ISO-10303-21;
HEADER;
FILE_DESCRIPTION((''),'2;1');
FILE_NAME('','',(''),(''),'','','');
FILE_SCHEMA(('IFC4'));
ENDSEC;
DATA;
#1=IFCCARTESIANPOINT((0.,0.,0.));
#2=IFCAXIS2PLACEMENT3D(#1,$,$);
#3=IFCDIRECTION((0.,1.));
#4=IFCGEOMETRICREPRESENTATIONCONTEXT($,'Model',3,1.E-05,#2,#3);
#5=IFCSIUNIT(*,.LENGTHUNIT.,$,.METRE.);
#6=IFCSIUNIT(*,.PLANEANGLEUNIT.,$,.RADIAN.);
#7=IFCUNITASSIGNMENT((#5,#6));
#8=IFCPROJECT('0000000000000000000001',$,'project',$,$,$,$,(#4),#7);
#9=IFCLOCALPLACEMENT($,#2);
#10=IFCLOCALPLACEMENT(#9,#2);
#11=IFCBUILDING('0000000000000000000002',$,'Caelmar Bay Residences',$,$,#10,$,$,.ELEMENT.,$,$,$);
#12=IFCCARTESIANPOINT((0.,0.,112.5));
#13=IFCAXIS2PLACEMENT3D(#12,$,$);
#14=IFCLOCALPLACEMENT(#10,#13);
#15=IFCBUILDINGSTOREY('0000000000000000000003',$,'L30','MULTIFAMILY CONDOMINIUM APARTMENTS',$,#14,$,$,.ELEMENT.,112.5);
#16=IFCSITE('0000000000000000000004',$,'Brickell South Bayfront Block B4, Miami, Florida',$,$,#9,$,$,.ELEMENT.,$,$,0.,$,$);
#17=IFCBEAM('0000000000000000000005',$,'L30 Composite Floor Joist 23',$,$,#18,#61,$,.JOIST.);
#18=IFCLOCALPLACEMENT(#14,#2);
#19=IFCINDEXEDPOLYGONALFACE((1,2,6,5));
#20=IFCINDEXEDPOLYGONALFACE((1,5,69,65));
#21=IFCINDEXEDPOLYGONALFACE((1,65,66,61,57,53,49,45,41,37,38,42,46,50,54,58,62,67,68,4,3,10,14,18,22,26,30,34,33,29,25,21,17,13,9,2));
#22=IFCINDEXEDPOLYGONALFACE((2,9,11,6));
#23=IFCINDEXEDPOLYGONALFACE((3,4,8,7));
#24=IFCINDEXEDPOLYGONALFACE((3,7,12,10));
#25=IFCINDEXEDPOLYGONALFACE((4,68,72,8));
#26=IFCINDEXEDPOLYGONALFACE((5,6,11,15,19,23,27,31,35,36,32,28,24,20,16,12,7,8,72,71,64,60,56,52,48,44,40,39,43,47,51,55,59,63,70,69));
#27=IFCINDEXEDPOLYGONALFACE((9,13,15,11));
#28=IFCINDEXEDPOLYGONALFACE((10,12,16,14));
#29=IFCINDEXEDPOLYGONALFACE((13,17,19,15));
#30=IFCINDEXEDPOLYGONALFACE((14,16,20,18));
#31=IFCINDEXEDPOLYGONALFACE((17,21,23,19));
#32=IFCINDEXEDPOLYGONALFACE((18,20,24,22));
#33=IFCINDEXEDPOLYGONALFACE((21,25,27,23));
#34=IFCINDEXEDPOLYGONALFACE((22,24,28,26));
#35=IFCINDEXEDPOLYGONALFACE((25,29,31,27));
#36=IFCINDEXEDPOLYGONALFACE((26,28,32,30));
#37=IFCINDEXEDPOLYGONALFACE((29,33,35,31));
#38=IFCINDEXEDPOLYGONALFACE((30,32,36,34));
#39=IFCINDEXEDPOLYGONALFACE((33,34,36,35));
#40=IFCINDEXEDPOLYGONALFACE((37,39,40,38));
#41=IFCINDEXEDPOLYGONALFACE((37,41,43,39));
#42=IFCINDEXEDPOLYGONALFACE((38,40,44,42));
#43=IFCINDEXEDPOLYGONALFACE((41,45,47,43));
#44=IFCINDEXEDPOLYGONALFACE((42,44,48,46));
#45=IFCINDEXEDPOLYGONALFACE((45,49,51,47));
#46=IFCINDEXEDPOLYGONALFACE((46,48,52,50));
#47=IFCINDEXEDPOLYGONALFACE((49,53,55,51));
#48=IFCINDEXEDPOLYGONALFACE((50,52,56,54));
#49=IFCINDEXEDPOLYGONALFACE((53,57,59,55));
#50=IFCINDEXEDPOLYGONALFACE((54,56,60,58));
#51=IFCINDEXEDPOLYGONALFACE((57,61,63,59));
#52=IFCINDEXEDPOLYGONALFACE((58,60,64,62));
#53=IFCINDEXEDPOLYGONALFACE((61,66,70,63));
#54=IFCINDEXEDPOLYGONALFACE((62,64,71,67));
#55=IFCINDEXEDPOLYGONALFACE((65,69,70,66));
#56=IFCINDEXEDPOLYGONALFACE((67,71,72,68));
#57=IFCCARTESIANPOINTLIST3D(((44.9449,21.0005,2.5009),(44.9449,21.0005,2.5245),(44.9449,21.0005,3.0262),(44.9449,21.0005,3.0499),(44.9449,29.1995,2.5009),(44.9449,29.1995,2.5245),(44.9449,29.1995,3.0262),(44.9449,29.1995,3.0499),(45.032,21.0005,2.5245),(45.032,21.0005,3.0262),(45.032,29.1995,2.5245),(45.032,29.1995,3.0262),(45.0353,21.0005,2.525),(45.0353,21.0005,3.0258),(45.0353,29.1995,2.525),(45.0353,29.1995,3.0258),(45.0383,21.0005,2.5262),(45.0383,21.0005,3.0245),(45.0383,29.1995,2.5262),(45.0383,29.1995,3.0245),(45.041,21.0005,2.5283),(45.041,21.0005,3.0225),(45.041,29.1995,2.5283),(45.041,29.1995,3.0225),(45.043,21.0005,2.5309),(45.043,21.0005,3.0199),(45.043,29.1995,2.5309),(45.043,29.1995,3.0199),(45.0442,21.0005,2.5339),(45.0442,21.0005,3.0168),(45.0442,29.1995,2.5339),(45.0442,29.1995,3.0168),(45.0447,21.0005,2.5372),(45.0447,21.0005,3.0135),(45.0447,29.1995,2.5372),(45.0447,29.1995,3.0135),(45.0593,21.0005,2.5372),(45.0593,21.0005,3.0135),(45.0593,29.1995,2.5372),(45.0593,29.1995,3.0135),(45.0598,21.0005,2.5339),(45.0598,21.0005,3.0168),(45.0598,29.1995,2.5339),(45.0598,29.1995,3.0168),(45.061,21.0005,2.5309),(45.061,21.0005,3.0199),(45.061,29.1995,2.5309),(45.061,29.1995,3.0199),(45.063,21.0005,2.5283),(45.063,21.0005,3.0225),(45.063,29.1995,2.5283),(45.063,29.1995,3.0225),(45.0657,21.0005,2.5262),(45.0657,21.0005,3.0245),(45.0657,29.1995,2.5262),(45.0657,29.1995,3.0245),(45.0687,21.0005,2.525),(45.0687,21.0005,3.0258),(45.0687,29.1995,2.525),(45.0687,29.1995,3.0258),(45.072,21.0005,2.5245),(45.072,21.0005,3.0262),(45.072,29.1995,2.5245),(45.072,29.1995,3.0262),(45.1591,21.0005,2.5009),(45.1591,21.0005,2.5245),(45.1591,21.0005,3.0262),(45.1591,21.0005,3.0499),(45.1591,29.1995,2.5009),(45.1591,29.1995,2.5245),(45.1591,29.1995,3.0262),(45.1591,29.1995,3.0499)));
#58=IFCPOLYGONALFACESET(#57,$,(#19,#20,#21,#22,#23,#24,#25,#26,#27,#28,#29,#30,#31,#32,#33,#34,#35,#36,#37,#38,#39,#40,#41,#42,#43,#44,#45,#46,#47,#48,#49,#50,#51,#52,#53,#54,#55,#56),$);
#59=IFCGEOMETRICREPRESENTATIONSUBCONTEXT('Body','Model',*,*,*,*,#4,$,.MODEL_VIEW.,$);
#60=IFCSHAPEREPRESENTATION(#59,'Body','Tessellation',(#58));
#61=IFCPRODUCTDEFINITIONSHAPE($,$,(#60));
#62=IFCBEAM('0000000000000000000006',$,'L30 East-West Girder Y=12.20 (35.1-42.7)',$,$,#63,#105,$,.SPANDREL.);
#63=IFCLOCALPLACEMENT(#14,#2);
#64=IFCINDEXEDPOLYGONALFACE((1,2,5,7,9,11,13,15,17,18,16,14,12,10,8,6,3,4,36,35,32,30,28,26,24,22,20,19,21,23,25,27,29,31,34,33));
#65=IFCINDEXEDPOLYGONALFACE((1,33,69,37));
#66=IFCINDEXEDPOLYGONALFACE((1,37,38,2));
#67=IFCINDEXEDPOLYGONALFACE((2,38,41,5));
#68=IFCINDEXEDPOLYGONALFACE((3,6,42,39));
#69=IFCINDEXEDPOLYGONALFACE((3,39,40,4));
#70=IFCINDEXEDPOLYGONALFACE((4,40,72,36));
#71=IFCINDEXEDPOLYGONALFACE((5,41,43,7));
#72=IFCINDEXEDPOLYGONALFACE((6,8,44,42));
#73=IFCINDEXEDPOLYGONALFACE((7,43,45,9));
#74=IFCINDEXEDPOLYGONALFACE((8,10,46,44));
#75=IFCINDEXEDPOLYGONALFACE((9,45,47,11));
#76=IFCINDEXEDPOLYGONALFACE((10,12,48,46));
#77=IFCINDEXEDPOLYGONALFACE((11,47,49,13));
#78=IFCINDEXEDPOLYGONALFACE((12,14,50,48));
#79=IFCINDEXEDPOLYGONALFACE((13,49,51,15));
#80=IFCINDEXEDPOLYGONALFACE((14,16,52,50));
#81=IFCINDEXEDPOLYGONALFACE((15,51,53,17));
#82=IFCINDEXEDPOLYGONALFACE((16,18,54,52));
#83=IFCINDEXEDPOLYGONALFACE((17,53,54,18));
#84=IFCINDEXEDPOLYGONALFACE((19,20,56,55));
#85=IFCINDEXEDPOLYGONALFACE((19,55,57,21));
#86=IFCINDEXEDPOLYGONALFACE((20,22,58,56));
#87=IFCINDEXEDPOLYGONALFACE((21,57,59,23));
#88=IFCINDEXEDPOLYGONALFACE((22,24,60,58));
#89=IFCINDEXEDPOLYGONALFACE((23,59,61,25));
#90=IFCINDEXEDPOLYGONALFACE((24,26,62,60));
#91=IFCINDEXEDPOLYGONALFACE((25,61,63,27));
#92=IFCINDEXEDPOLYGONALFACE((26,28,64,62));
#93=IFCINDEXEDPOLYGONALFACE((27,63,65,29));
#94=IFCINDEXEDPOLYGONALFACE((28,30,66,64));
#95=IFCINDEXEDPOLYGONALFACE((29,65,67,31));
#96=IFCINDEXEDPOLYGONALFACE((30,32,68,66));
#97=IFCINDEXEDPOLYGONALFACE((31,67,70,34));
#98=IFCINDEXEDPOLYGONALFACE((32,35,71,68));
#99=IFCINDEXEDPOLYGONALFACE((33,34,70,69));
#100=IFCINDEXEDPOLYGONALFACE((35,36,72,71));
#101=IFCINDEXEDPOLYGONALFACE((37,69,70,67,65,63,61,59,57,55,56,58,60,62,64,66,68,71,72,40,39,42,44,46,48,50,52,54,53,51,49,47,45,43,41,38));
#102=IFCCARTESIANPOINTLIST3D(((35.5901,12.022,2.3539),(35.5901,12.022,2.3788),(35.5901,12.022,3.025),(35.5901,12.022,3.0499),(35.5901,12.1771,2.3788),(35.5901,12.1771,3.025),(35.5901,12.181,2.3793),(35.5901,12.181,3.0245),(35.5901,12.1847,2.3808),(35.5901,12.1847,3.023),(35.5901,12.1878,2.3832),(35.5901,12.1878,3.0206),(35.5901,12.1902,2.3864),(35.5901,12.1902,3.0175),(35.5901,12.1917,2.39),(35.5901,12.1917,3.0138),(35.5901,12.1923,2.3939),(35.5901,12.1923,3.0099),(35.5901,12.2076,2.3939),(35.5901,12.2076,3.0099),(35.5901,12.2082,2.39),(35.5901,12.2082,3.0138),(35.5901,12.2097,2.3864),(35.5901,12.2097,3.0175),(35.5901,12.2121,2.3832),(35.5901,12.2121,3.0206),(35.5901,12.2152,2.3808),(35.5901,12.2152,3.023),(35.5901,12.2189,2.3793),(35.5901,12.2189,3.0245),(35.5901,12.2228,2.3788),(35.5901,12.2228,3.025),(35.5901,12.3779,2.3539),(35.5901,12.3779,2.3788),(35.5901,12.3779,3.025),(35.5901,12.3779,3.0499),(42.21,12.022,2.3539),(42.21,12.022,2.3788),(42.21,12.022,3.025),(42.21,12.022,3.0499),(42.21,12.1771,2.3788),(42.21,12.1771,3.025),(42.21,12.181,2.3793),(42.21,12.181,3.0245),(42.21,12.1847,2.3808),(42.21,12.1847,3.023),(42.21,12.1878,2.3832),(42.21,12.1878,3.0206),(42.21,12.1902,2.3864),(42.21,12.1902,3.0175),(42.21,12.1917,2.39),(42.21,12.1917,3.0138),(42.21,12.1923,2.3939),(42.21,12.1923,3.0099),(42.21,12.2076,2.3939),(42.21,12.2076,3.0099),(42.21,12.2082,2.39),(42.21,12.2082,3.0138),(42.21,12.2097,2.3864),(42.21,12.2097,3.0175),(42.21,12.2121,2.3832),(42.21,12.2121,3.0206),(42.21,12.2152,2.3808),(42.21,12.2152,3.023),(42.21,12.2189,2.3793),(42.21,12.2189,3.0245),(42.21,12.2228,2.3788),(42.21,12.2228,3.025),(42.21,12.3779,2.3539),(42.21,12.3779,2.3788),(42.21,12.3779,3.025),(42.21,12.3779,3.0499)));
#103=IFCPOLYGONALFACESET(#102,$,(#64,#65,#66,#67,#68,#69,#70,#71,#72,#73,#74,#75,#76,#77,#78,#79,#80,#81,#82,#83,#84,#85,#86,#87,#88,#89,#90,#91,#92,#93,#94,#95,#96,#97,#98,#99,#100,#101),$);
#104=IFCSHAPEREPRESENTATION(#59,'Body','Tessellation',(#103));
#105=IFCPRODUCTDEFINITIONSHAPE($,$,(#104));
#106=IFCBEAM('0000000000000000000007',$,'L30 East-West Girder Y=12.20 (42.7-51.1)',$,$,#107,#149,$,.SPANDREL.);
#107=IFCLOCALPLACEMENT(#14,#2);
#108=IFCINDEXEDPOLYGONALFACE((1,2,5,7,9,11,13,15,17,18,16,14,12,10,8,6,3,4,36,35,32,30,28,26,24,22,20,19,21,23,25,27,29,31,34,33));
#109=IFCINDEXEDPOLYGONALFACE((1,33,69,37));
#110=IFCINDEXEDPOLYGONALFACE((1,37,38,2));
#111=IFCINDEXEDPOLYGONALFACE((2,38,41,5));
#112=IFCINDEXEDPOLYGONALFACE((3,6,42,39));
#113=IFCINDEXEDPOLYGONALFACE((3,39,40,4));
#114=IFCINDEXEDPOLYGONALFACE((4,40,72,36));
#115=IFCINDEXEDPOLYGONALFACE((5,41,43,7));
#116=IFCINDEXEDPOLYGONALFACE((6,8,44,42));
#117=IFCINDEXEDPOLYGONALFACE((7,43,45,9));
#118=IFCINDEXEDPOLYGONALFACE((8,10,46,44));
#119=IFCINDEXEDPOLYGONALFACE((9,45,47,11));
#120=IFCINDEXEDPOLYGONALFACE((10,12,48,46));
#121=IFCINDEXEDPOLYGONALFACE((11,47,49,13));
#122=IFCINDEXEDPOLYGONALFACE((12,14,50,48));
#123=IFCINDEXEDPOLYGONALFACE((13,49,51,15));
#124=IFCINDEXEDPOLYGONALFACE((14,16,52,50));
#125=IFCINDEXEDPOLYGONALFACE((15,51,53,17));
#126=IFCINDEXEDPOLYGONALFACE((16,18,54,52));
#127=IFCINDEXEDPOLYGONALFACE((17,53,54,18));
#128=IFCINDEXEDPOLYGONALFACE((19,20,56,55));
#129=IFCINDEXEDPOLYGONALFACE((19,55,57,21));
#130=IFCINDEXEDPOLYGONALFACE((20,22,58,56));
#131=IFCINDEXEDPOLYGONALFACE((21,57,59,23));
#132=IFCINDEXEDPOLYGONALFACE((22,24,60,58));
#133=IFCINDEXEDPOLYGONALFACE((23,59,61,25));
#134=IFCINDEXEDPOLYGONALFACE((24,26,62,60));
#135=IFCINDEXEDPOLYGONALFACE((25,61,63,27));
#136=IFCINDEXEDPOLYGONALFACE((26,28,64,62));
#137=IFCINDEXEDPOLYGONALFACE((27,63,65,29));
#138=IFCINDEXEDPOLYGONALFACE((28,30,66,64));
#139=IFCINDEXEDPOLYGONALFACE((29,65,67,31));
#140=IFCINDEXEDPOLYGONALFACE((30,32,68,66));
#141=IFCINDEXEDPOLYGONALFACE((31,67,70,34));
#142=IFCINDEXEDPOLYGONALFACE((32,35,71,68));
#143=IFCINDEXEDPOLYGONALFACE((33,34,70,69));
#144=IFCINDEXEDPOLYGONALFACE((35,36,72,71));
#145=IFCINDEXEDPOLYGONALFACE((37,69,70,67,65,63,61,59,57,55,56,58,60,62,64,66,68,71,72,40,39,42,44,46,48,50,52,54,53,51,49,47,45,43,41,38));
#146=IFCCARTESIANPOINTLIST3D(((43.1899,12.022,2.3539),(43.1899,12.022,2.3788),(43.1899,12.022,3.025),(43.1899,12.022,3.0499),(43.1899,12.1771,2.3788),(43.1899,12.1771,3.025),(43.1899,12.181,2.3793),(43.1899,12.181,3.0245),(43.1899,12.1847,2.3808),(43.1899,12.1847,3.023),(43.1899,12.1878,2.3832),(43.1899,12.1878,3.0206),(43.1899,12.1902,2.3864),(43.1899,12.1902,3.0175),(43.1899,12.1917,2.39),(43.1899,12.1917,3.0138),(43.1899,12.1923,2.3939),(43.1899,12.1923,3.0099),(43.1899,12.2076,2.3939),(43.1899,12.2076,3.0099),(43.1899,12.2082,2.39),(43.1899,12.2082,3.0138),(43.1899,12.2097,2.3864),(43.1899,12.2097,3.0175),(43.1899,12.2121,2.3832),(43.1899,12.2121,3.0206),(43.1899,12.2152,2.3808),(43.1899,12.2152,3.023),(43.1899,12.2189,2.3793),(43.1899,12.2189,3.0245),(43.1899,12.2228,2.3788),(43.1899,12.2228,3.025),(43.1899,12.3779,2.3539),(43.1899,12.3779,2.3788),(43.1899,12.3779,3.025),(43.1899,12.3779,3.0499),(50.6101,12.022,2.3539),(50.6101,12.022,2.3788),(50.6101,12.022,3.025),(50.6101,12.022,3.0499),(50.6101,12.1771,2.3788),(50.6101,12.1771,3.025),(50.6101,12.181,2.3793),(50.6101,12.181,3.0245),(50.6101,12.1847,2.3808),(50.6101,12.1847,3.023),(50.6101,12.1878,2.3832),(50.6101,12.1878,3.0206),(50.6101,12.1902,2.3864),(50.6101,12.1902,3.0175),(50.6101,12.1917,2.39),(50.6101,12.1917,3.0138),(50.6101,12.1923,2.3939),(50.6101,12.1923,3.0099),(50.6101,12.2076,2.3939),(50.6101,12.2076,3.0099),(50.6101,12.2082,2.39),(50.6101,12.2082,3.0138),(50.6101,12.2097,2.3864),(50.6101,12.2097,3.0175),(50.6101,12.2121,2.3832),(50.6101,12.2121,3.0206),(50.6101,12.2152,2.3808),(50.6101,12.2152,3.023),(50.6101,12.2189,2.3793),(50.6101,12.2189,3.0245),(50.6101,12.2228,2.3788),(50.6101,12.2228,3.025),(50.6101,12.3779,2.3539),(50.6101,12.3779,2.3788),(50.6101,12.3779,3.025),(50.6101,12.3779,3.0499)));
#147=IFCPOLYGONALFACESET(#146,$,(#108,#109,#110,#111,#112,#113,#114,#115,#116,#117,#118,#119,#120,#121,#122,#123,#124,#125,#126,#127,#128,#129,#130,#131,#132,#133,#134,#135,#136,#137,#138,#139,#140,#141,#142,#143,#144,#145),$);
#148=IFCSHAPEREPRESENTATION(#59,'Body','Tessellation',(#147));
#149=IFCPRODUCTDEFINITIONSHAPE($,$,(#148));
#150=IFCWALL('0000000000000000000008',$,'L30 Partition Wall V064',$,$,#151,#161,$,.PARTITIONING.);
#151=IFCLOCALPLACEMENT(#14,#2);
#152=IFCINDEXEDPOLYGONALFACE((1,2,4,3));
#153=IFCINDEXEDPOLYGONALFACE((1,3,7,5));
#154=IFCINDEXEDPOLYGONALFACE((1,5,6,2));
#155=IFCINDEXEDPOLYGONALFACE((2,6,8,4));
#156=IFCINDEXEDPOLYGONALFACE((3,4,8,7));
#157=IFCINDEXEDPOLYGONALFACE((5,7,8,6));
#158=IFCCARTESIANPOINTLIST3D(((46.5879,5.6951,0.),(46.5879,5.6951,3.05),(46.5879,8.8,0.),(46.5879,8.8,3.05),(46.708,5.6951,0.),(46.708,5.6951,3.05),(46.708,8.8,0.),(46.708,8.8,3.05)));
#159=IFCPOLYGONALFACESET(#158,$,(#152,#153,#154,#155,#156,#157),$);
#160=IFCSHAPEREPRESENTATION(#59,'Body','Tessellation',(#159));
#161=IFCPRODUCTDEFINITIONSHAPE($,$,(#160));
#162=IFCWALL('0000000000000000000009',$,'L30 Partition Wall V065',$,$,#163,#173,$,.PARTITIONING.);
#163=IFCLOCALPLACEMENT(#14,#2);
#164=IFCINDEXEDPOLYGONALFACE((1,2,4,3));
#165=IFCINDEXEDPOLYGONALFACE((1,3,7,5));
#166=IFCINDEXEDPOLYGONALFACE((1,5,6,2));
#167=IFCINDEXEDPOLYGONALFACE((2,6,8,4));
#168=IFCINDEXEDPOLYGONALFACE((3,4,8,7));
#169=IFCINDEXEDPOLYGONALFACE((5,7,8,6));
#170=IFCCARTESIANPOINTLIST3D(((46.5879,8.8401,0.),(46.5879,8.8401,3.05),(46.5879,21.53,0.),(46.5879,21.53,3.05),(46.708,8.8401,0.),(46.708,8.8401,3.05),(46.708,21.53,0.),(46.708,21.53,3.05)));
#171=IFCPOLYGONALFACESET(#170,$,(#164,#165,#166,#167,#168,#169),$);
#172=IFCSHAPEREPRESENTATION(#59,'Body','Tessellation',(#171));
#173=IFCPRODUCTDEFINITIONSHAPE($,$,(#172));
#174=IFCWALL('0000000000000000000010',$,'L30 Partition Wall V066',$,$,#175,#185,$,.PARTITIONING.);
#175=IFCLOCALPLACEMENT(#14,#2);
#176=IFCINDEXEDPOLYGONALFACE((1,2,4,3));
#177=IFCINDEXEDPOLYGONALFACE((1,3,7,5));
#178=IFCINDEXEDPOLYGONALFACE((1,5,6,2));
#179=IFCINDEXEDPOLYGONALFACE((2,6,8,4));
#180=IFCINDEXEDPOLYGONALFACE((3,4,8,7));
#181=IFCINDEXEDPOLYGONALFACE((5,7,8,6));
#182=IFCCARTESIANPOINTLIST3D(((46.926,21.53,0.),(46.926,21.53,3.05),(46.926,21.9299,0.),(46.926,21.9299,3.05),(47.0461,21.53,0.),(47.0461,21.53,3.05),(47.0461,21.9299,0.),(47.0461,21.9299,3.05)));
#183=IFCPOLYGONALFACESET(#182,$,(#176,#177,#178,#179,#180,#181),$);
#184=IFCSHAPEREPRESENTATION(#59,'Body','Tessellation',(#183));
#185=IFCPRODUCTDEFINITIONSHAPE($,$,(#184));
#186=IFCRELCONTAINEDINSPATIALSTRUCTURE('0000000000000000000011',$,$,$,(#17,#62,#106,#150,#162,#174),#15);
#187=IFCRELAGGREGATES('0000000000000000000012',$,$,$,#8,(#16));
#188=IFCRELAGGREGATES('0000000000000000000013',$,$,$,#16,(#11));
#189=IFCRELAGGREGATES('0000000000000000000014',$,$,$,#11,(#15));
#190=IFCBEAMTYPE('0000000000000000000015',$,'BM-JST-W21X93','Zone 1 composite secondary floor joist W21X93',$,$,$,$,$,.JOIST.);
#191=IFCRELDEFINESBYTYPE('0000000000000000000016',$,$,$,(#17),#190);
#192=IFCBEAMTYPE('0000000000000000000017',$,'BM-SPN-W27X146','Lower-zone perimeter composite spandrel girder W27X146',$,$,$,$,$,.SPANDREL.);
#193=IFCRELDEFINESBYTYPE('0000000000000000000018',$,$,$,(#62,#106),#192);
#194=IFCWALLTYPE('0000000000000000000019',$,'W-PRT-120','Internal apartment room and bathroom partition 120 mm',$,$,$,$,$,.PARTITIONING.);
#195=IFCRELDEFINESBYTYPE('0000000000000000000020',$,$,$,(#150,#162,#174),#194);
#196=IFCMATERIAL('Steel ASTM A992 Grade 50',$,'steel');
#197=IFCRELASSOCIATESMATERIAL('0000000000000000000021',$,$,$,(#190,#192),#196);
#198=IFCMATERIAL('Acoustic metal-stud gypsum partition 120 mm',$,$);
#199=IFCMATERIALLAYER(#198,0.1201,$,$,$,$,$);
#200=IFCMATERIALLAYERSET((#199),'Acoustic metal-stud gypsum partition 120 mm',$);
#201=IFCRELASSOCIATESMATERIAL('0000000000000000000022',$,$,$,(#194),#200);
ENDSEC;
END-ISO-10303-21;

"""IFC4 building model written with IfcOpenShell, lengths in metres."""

from ifc_helpers import new_model, si_unit, direction, frame, frame_2d, origin, origin_2d, place, context, subcontext, project, spatial, rectangle, i_section, extrude, material, layer, layer_set, material_profile, profile_set, type_object, element, save


model = new_model("IFC4")

# Units and contexts
model_context = context("Model", 3, precision=1e-05, world=origin(), true_north=direction((0.0, 1.0)))
body_context = subcontext(model_context, "Body", "Model", "MODEL_VIEW")
ifc_project = project(units=[si_unit("LENGTHUNIT", "METRE"), si_unit("PLANEANGLEUNIT", "RADIAN")], contexts=[model_context])

# Site, building, storey
site_placement = place(None, origin())
site = spatial("IfcSite", under=ifc_project, at=site_placement, Name="Brickell South Bayfront Block B4, Miami, Florida", CompositionType="ELEMENT", RefElevation=0.0)
building_placement = place(site_placement, origin())
building = spatial("IfcBuilding", under=site, at=building_placement, Name="Caelmar Bay Residences", CompositionType="ELEMENT")
storey_placement = place(building_placement, frame((0.0, 0.0, 112.5)))
storey = spatial("IfcBuildingStorey", under=building, at=storey_placement, Name="L30", Description="MULTIFAMILY CONDOMINIUM APARTMENTS", CompositionType="ELEMENT", Elevation=112.5)

# Beams
ifc_material_1 = material(Name="Steel ASTM A992 Grade 50", Category="steel")
ifc_material_profile_1 = material_profile(ifc_material_1, i_section(OverallWidth=0.2141, OverallDepth=0.5491, WebThickness=0.0146, FlangeThickness=0.0237, FilletRadius=0.0127, at=origin_2d()), Name="W21X93")
ifc_profile_set_1 = profile_set([ifc_material_profile_1], Name="Steel ASTM A992 Grade 50")
beam_type_1 = type_object("IfcBeamType", Name="BM-JST-W21X93", Description="Zone 1 composite secondary floor joist W21X93", PredefinedType="JOIST", material=ifc_profile_set_1)
for number, where, z_axis, x_axis, name in (
    (1, (45.052, 21.0005, 2.7754), (0.0, 1.0, 0.0), (-1.0, 0.0, 0.0), "L30 Composite Floor Joist 23"),
):
    element("IfcBeam", number, at=place(storey_placement, frame(where, z_axis=z_axis, x_axis=x_axis)), inside=storey, type_object=beam_type_1, Name=name, PredefinedType="JOIST", context=body_context, shape_type="SweptSolid", body=[
        extrude(i_section(OverallWidth=0.2141, OverallDepth=0.5491, WebThickness=0.0146, FlangeThickness=0.0237, FilletRadius=0.0127, at=origin_2d()), origin(), (0.0, 0.0, 1.0), 8.199),
    ])
ifc_material_profile_2 = material_profile(ifc_material_1, i_section(OverallWidth=0.356, OverallDepth=0.696, WebThickness=0.0154, FlangeThickness=0.0249, FilletRadius=0.0151, at=origin_2d()), Name="W27X146")
ifc_profile_set_2 = profile_set([ifc_material_profile_2], Name="Steel ASTM A992 Grade 50")
beam_type_2 = type_object("IfcBeamType", Name="BM-SPN-W27X146", Description="Lower-zone perimeter composite spandrel girder W27X146", PredefinedType="SPANDREL", material=ifc_profile_set_2)
beam_1_placement = place(storey_placement, frame((35.5901, 12.2, 2.7019), z_axis=(1.0, 0.0, 0.0), x_axis=(0.0, 1.0, 0.0)))
element("IfcBeam", 2, at=beam_1_placement, inside=storey, type_object=beam_type_2, Name="L30 East-West Girder Y=12.20 (35.1-42.7)", PredefinedType="SPANDREL", context=body_context, shape_type="SweptSolid", body=[
    extrude(i_section(OverallWidth=0.356, OverallDepth=0.696, WebThickness=0.0154, FlangeThickness=0.0249, FilletRadius=0.0151, at=origin_2d()), origin(), (0.0, 0.0, 1.0), 6.6199),
])
beam_2_placement = place(storey_placement, frame((43.1899, 12.2, 2.7019), z_axis=(1.0, 0.0, 0.0), x_axis=(0.0, 1.0, 0.0)))
element("IfcBeam", 3, at=beam_2_placement, inside=storey, type_object=beam_type_2, Name="L30 East-West Girder Y=12.20 (42.7-51.1)", PredefinedType="SPANDREL", context=body_context, shape_type="SweptSolid", body=[
    extrude(i_section(OverallWidth=0.356, OverallDepth=0.696, WebThickness=0.0154, FlangeThickness=0.0249, FilletRadius=0.0151, at=origin_2d()), origin(), (0.0, 0.0, 1.0), 7.4202),
])

# Walls
ifc_material_2 = material(Name="Acoustic metal-stud gypsum partition 120 mm")
ifc_layer_1 = layer(ifc_material_2, 0.1201)
ifc_layer_set_1 = layer_set([ifc_layer_1], Name="Acoustic metal-stud gypsum partition 120 mm")
wall_type_1 = type_object("IfcWallType", Name="W-PRT-120", Description="Internal apartment room and bathroom partition 120 mm", PredefinedType="PARTITIONING", material=ifc_layer_set_1)
wall_1_placement = place(storey_placement, frame((46.6479, 5.6951, 0.0), z_axis=(0.0, 0.0, 1.0), x_axis=(0.0, 1.0, 0.0)))
element("IfcWall", 4, at=wall_1_placement, inside=storey, type_object=wall_type_1, Name="L30 Partition Wall V064", PredefinedType="PARTITIONING", context=body_context, shape_type="SweptSolid", body=[
    extrude(rectangle(XDim=3.105, YDim=0.1201, at=frame_2d((1.5525, 0.0))), origin(), (0.0, 0.0, 1.0), 3.05),
])
wall_2_placement = place(storey_placement, frame((46.6479, 8.8401, 0.0), z_axis=(0.0, 0.0, 1.0), x_axis=(0.0, 1.0, 0.0)))
element("IfcWall", 5, at=wall_2_placement, inside=storey, type_object=wall_type_1, Name="L30 Partition Wall V065", PredefinedType="PARTITIONING", context=body_context, shape_type="SweptSolid", body=[
    extrude(rectangle(XDim=12.6899, YDim=0.1201, at=frame_2d((6.345, 0.0))), origin(), (0.0, 0.0, 1.0), 3.05),
])
wall_3_placement = place(storey_placement, frame((46.9861, 21.53, 0.0), z_axis=(0.0, 0.0, 1.0), x_axis=(0.0, 1.0, 0.0)))
element("IfcWall", 6, at=wall_3_placement, inside=storey, type_object=wall_type_1, Name="L30 Partition Wall V066", PredefinedType="PARTITIONING", context=body_context, shape_type="SweptSolid", body=[
    extrude(rectangle(XDim=0.3999, YDim=0.1201, at=frame_2d((0.2, 0.0))), origin(), (0.0, 0.0, 1.0), 3.05),
])

save(model, "model.ifc")
